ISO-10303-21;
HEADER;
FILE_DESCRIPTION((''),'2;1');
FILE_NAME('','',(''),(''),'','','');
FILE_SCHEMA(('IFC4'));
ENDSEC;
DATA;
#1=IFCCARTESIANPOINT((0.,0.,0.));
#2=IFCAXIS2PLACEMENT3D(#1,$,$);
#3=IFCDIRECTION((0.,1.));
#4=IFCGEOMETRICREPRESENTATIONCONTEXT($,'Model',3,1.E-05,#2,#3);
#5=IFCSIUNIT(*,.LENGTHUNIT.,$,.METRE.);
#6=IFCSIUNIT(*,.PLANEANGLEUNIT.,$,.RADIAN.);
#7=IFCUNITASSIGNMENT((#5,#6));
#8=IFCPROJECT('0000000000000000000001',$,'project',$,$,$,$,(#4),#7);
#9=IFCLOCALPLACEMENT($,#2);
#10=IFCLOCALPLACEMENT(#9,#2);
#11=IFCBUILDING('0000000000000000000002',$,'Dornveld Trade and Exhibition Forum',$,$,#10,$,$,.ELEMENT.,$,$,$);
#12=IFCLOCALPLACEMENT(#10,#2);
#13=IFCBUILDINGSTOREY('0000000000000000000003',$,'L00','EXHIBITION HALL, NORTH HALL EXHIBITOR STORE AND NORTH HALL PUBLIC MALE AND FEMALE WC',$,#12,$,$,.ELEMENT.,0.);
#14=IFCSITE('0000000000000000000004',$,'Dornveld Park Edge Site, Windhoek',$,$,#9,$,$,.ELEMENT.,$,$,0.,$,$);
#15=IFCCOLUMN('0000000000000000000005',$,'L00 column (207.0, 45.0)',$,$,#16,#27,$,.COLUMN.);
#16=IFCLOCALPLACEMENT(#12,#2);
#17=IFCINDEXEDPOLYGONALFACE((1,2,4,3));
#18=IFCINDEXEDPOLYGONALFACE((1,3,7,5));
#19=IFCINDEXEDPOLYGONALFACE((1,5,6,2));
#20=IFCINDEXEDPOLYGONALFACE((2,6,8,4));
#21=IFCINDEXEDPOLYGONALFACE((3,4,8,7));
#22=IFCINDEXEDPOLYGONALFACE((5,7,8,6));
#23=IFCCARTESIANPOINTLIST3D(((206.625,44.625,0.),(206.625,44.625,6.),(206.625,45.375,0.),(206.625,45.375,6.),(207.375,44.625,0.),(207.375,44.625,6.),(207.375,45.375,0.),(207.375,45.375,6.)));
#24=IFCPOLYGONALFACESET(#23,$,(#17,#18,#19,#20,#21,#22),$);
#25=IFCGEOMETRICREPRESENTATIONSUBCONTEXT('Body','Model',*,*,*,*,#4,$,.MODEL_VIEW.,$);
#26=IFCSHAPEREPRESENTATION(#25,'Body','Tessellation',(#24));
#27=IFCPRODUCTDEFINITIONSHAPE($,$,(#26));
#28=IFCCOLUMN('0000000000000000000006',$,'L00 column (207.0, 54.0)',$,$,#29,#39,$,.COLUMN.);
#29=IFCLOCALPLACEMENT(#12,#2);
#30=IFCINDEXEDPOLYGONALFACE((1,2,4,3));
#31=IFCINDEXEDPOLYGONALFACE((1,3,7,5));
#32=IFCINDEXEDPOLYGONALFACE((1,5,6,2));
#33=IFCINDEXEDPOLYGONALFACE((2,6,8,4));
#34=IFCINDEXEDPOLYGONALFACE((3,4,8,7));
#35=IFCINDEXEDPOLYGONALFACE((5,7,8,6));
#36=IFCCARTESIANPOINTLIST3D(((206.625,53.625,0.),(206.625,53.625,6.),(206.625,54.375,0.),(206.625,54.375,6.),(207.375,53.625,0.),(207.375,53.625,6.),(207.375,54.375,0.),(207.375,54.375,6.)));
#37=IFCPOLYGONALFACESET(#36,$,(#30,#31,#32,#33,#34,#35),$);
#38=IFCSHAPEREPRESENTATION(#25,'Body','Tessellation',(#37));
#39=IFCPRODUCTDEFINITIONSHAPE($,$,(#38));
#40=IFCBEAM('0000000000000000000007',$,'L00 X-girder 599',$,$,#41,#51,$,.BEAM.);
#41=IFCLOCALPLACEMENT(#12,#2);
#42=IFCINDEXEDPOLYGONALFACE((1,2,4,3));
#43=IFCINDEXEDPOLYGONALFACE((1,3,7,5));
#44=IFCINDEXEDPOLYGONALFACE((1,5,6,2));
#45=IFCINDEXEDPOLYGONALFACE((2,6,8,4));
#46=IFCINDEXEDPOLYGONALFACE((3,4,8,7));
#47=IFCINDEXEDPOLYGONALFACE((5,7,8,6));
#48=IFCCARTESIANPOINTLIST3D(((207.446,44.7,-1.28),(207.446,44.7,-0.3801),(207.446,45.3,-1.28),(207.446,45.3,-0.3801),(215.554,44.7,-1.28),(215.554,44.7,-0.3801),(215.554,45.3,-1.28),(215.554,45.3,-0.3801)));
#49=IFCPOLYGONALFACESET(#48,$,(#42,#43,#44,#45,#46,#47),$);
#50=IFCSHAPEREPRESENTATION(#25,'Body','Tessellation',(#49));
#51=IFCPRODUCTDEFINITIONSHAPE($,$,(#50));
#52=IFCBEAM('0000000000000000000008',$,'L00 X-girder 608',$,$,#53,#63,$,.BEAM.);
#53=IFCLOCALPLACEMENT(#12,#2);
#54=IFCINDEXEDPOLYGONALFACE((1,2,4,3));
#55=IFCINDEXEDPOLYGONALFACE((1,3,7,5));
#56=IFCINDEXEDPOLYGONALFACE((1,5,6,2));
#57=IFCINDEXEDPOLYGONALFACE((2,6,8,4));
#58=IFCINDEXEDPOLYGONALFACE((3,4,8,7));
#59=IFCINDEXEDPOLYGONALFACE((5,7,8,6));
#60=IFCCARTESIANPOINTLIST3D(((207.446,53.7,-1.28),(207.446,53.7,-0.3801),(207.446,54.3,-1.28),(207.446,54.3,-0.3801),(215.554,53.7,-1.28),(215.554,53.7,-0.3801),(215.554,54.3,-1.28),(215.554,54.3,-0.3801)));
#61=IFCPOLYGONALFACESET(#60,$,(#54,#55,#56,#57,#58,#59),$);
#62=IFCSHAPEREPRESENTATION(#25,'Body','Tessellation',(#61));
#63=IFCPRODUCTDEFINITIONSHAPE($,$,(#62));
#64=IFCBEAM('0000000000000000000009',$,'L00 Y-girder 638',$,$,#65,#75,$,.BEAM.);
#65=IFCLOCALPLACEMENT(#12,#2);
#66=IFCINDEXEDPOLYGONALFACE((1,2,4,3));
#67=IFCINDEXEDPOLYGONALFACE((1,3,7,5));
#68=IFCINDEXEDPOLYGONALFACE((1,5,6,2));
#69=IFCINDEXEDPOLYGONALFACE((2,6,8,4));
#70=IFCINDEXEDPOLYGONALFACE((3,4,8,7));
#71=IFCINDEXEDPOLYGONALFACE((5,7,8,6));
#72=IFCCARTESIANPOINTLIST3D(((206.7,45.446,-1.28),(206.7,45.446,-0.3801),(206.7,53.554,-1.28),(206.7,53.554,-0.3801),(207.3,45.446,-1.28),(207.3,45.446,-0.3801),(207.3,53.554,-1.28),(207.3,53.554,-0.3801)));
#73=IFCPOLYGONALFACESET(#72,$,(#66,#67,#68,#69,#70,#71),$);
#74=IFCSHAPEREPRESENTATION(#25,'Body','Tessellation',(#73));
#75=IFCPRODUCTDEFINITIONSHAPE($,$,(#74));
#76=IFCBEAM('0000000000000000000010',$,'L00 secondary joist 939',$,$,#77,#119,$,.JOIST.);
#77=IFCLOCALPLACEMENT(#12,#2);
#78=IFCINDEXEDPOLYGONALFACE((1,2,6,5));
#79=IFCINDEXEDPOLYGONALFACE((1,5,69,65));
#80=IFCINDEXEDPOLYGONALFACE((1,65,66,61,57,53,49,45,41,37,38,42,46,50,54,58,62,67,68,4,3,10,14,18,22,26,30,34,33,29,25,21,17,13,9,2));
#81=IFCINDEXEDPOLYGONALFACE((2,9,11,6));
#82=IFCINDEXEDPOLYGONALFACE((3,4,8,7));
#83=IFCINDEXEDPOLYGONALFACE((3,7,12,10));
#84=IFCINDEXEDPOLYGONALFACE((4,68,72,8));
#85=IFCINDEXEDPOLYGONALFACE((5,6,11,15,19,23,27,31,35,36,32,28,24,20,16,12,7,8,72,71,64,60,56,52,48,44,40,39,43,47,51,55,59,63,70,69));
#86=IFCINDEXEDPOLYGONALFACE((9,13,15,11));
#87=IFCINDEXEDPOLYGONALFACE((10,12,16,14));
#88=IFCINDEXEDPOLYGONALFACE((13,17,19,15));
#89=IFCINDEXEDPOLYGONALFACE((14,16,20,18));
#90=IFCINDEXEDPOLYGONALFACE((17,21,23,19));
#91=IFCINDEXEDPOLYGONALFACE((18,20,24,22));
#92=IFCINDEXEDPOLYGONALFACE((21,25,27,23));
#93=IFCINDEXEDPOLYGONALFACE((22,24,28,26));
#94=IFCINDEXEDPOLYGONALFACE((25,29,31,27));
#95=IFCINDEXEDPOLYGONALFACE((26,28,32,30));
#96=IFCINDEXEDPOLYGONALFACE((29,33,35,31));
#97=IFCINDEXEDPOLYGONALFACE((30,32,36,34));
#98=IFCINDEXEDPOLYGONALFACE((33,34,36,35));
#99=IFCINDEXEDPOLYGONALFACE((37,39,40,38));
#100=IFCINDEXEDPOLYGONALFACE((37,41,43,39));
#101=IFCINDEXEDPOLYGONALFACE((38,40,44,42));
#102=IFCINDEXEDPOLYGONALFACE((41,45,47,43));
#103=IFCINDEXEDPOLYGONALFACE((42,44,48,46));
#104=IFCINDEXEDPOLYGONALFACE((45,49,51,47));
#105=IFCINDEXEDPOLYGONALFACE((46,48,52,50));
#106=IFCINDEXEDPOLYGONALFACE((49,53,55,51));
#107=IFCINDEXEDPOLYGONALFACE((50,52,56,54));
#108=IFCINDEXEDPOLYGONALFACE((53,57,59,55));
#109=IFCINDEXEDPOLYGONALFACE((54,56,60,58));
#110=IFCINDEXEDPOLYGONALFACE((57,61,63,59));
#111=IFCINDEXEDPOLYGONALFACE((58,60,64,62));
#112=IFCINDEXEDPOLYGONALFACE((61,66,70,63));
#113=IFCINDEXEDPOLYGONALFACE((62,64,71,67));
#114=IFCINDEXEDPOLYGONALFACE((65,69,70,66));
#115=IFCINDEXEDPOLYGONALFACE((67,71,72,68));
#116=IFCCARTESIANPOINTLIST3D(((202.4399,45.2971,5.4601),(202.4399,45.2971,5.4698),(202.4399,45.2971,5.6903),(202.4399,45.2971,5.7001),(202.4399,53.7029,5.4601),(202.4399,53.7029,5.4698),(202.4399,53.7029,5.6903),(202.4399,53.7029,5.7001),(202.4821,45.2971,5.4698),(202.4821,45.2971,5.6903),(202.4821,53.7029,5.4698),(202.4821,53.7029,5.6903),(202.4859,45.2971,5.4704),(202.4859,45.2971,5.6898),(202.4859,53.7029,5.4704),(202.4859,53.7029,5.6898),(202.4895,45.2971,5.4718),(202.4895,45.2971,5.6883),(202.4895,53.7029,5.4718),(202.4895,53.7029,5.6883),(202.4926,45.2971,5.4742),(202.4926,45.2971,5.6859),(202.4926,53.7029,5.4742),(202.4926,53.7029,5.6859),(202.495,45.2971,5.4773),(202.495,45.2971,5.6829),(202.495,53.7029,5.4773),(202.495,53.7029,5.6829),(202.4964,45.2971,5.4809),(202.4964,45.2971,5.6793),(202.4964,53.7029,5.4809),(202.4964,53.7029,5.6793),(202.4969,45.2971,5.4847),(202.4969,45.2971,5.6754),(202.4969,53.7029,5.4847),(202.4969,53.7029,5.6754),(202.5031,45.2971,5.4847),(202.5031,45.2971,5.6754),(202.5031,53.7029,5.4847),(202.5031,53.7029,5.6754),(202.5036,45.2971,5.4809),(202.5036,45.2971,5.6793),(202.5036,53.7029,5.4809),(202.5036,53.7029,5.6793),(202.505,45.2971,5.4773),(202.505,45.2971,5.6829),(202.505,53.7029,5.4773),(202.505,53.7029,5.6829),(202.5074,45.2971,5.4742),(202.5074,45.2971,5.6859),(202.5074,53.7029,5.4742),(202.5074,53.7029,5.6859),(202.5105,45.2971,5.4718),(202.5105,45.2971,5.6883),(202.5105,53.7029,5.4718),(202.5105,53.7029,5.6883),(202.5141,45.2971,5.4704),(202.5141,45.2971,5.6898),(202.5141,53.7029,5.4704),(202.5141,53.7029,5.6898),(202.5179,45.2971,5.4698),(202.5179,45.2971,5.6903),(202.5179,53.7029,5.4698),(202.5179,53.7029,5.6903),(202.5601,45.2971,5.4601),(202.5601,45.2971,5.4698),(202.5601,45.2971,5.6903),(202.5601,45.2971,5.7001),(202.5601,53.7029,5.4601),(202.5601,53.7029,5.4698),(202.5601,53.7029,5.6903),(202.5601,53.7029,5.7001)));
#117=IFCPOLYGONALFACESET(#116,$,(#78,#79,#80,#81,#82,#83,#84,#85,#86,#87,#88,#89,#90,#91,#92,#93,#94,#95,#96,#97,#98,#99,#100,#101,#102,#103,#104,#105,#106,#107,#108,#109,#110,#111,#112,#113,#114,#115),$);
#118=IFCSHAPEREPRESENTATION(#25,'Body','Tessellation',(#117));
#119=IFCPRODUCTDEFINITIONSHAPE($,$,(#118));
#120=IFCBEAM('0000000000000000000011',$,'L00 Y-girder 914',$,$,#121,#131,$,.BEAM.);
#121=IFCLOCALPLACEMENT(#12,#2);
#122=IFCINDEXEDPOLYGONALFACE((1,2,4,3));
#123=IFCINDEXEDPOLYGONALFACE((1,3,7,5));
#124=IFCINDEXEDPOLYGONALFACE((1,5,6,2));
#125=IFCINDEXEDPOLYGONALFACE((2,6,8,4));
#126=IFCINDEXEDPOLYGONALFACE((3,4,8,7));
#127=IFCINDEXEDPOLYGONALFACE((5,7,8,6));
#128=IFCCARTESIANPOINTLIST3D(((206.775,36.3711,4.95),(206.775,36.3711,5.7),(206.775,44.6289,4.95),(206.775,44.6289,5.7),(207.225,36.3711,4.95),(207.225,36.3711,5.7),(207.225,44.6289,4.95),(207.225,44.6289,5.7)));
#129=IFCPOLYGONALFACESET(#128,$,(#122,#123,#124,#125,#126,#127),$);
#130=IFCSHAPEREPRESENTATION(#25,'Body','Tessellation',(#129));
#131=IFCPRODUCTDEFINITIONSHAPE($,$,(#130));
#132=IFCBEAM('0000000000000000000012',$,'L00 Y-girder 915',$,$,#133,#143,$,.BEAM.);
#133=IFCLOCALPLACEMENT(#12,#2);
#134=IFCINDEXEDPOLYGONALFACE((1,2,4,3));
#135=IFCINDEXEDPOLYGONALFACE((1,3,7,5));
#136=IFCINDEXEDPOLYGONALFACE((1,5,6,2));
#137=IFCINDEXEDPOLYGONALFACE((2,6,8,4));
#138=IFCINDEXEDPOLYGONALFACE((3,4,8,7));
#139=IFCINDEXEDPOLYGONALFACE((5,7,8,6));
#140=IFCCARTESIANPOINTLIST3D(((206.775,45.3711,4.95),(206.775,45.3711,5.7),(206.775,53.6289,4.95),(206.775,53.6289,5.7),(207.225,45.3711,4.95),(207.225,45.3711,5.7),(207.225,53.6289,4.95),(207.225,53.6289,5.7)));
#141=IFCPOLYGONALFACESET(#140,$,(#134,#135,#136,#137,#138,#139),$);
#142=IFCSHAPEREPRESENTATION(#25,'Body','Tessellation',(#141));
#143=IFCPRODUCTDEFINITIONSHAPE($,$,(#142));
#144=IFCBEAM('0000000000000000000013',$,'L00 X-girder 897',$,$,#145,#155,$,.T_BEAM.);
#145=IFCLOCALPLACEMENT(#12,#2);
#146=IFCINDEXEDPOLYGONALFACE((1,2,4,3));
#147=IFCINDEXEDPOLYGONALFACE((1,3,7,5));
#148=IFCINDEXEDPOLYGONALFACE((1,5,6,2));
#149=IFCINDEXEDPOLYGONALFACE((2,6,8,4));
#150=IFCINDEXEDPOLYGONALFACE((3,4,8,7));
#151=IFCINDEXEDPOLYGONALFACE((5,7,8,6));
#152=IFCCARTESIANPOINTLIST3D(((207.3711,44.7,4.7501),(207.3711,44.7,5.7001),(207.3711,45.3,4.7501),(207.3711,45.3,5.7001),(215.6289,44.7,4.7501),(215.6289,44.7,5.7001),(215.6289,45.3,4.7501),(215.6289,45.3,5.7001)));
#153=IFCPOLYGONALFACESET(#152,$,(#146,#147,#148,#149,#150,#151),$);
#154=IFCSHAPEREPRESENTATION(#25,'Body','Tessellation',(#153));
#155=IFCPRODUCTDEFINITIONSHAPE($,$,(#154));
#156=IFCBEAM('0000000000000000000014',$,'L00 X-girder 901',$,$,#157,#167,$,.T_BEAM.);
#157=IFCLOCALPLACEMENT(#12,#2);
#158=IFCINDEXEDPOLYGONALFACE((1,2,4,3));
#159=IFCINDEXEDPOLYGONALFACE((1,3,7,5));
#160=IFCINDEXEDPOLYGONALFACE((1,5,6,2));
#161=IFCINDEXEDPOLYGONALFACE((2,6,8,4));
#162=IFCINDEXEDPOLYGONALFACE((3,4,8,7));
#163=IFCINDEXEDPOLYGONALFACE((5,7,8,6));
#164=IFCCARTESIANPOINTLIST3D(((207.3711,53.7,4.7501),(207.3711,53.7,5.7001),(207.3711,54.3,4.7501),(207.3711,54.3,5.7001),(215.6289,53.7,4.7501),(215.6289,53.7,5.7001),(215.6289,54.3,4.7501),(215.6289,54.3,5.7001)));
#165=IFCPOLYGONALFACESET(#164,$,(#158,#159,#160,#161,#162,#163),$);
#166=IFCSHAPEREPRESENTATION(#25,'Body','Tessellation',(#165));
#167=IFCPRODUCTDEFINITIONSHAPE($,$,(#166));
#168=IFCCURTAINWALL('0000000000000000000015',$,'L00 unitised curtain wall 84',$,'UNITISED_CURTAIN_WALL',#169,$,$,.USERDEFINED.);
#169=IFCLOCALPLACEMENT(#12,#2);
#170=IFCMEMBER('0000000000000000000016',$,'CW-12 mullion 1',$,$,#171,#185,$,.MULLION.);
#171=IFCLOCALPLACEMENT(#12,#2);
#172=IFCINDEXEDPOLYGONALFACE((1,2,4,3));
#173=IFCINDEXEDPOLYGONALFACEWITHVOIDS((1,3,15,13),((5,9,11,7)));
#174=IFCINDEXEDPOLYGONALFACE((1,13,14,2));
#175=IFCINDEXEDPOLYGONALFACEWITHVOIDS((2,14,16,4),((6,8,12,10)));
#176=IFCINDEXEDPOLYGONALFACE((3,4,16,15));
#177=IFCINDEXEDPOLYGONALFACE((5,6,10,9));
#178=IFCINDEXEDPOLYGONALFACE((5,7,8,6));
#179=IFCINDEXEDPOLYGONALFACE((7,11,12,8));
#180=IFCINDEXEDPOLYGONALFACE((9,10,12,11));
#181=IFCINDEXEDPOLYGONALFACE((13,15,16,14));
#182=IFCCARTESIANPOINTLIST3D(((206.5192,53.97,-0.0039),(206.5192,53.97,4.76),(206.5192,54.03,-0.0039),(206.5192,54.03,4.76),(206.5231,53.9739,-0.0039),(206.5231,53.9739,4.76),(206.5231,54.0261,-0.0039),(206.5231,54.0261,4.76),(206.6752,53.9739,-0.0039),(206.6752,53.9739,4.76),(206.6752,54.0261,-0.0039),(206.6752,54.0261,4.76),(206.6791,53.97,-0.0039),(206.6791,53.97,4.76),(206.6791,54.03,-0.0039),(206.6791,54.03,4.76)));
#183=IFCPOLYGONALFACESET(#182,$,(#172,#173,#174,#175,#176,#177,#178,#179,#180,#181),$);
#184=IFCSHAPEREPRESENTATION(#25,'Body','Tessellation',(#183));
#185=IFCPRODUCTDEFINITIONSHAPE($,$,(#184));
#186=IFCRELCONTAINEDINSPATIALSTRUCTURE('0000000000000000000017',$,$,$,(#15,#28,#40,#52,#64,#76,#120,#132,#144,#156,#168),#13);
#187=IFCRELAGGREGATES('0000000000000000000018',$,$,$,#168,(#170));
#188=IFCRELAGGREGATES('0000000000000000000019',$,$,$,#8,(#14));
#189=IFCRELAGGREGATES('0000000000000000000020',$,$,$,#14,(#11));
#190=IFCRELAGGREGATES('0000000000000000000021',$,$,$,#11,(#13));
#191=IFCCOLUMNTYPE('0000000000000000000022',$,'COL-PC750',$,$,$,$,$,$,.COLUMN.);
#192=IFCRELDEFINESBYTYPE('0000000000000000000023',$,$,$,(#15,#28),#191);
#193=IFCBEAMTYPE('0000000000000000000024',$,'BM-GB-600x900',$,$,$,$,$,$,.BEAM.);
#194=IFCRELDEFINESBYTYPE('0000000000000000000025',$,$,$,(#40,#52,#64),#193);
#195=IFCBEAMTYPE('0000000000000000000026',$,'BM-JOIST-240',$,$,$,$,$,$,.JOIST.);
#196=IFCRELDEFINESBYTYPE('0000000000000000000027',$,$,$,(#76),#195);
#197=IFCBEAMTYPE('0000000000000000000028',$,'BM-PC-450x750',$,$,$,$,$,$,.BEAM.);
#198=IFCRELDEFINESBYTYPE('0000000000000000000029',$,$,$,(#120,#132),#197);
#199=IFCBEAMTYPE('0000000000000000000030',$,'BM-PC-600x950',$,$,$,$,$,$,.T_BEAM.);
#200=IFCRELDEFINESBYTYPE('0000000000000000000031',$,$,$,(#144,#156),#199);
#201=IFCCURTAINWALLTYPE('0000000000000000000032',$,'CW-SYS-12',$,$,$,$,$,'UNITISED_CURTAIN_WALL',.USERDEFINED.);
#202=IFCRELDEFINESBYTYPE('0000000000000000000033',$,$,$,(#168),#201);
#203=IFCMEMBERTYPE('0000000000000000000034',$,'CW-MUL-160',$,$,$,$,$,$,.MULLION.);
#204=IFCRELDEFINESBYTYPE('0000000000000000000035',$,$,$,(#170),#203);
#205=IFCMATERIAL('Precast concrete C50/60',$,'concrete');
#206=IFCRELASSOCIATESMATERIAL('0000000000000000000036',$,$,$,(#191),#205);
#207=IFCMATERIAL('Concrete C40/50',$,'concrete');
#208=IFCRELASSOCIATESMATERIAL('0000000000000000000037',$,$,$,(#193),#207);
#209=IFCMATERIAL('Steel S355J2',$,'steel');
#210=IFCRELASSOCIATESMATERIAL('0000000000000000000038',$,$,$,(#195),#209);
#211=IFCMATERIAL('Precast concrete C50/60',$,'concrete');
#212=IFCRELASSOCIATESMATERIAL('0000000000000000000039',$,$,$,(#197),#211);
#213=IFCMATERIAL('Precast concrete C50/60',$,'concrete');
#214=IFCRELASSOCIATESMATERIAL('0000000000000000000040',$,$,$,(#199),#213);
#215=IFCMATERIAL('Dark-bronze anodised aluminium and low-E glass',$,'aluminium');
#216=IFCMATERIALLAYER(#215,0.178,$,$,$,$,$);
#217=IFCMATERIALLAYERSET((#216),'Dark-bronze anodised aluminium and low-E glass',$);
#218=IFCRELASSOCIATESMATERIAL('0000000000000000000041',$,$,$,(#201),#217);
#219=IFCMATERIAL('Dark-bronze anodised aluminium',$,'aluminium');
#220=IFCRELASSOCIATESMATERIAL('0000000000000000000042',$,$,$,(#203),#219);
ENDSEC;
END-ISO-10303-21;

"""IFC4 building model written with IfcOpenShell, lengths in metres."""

from ifc_helpers import new_model, si_unit, direction, frame, origin, origin_2d, place, context, subcontext, project, spatial, rectangle, hollow_rectangle, i_section, extrude, material, layer, layer_set, material_profile, profile_set, type_object, element, aggregate, save


model = new_model("IFC4")

# Units and contexts
model_context = context("Model", 3, precision=1e-05, world=origin(), true_north=direction((0.0, 1.0)))
body_context = subcontext(model_context, "Body", "Model", "MODEL_VIEW")
ifc_project = project(units=[si_unit("LENGTHUNIT", "METRE"), si_unit("PLANEANGLEUNIT", "RADIAN")], contexts=[model_context])

# Site, building, storey
site_placement = place(None, origin())
site = spatial("IfcSite", under=ifc_project, at=site_placement, Name="Dornveld Park Edge Site, Windhoek", CompositionType="ELEMENT", RefElevation=0.0)
building_placement = place(site_placement, origin())
building = spatial("IfcBuilding", under=site, at=building_placement, Name="Dornveld Trade and Exhibition Forum", CompositionType="ELEMENT")
storey_placement = place(building_placement, origin())
storey = spatial("IfcBuildingStorey", under=building, at=storey_placement, Name="L00", Description="EXHIBITION HALL, NORTH HALL EXHIBITOR STORE AND NORTH HALL PUBLIC MALE AND FEMALE WC", CompositionType="ELEMENT", Elevation=0.0)

# Columns
ifc_material_1 = material(Name="Precast concrete C50/60", Category="concrete")
ifc_material_profile_1 = material_profile(ifc_material_1, rectangle(XDim=0.75, YDim=0.75, at=origin_2d()), Name="PC-COL 750x750")
ifc_profile_set_1 = profile_set([ifc_material_profile_1], Name="Precast concrete C50/60")
column_type = type_object("IfcColumnType", Name="COL-PC750", PredefinedType="COLUMN", material=ifc_profile_set_1)
for number, where, z_axis, x_axis, name in (
    (1, (207.0, 45.0, 0.0), (0.0, 0.0, 1.0), (1.0, 0.0, 0.0), "L00 column (207.0, 45.0)"),
    (2, (207.0, 54.0, 0.0), (0.0, 0.0, 1.0), (1.0, 0.0, 0.0), "L00 column (207.0, 54.0)"),
):
    element("IfcColumn", number, at=place(storey_placement, frame(where, z_axis=z_axis, x_axis=x_axis)), inside=storey, type_object=column_type, Name=name, PredefinedType="COLUMN", context=body_context, shape_type="SweptSolid", body=[
        extrude(rectangle(XDim=0.75, YDim=0.75, at=origin_2d()), origin(), (0.0, 0.0, 1.0), 6.0),
    ])

# Beams
ifc_material_2 = material(Name="Concrete C40/50", Category="concrete")
ifc_material_profile_2 = material_profile(ifc_material_2, rectangle(XDim=0.6001, YDim=0.8999, at=origin_2d()), Name="RC-GB 600x900")
ifc_profile_set_2 = profile_set([ifc_material_profile_2], Name="Concrete C40/50")
beam_type_1 = type_object("IfcBeamType", Name="BM-GB-600x900", PredefinedType="BEAM", material=ifc_profile_set_2)
for number, where, z_axis, x_axis, name in (
    (3, (207.446, 45.0, -0.8301), (1.0, 0.0, 0.0), (0.0, 1.0, 0.0), "L00 X-girder 599"),
    (4, (207.446, 54.0, -0.8301), (1.0, 0.0, 0.0), (0.0, 1.0, 0.0), "L00 X-girder 608"),
    (5, (207.0, 45.446, -0.8301), (0.0, 1.0, 0.0), (-1.0, 0.0, 0.0), "L00 Y-girder 638"),
):
    element("IfcBeam", number, at=place(storey_placement, frame(where, z_axis=z_axis, x_axis=x_axis)), inside=storey, type_object=beam_type_1, Name=name, PredefinedType="BEAM", context=body_context, shape_type="SweptSolid", body=[
        extrude(rectangle(XDim=0.6001, YDim=0.8999, at=origin_2d()), origin(), (0.0, 0.0, 1.0), 8.1079),
    ])
ifc_material_3 = material(Name="Steel S355J2", Category="steel")
ifc_material_profile_3 = material_profile(ifc_material_3, i_section(OverallWidth=0.1201, OverallDepth=0.24, WebThickness=0.0061, FlangeThickness=0.0098, FilletRadius=0.0149, at=origin_2d()), Name="IPE 240")
ifc_profile_set_3 = profile_set([ifc_material_profile_3], Name="Steel S355J2")
beam_type_2 = type_object("IfcBeamType", Name="BM-JOIST-240", PredefinedType="JOIST", material=ifc_profile_set_3)
beam_placement = place(storey_placement, frame((202.5, 45.2971, 5.5801), z_axis=(0.0, 1.0, 0.0), x_axis=(-1.0, 0.0, 0.0)))
element("IfcBeam", 6, at=beam_placement, inside=storey, type_object=beam_type_2, Name="L00 secondary joist 939", PredefinedType="JOIST", context=body_context, shape_type="SweptSolid", body=[
    extrude(i_section(OverallWidth=0.1201, OverallDepth=0.24, WebThickness=0.0061, FlangeThickness=0.0098, FilletRadius=0.0149, at=origin_2d()), origin(), (0.0, 0.0, 1.0), 8.4058),
])
ifc_material_4 = material(Name="Precast concrete C50/60", Category="concrete")
ifc_material_profile_4 = material_profile(ifc_material_4, rectangle(XDim=0.45, YDim=0.75, at=origin_2d()), Name="PC-BM 450x750")
ifc_profile_set_4 = profile_set([ifc_material_profile_4], Name="Precast concrete C50/60")
beam_type_3 = type_object("IfcBeamType", Name="BM-PC-450x750", PredefinedType="BEAM", material=ifc_profile_set_4)
for number, where, z_axis, x_axis, name in (
    (7, (207.0, 36.3711, 5.325), (0.0, 1.0, 0.0), (-1.0, 0.0, 0.0), "L00 Y-girder 914"),
    (8, (207.0, 45.3711, 5.325), (0.0, 1.0, 0.0), (-1.0, 0.0, 0.0), "L00 Y-girder 915"),
):
    element("IfcBeam", number, at=place(storey_placement, frame(where, z_axis=z_axis, x_axis=x_axis)), inside=storey, type_object=beam_type_3, Name=name, PredefinedType="BEAM", context=body_context, shape_type="SweptSolid", body=[
        extrude(rectangle(XDim=0.45, YDim=0.75, at=origin_2d()), origin(), (0.0, 0.0, 1.0), 8.2578),
    ])
ifc_material_5 = material(Name="Precast concrete C50/60", Category="concrete")
ifc_material_profile_5 = material_profile(ifc_material_5, rectangle(XDim=0.6001, YDim=0.95, at=origin_2d()), Name="PC-GIR 600x950")
ifc_profile_set_5 = profile_set([ifc_material_profile_5], Name="Precast concrete C50/60")
beam_type_4 = type_object("IfcBeamType", Name="BM-PC-600x950", PredefinedType="T_BEAM", material=ifc_profile_set_5)
for number, where, z_axis, x_axis, name in (
    (9, (207.3711, 45.0, 5.2251), (1.0, 0.0, 0.0), (0.0, 1.0, 0.0), "L00 X-girder 897"),
    (10, (207.3711, 54.0, 5.2251), (1.0, 0.0, 0.0), (0.0, 1.0, 0.0), "L00 X-girder 901"),
):
    element("IfcBeam", number, at=place(storey_placement, frame(where, z_axis=z_axis, x_axis=x_axis)), inside=storey, type_object=beam_type_4, Name=name, PredefinedType="T_BEAM", context=body_context, shape_type="SweptSolid", body=[
        extrude(rectangle(XDim=0.6001, YDim=0.95, at=origin_2d()), origin(), (0.0, 0.0, 1.0), 8.2578),
    ])

# Curtain wall, member
ifc_material_6 = material(Name="Dark-bronze anodised aluminium and low-E glass", Category="aluminium")
ifc_layer_1 = layer(ifc_material_6, 0.178)
ifc_layer_set_1 = layer_set([ifc_layer_1], Name="Dark-bronze anodised aluminium and low-E glass")
curtain_wall_type = type_object("IfcCurtainWallType", Name="CW-SYS-12", ElementType="UNITISED_CURTAIN_WALL", PredefinedType="USERDEFINED", material=ifc_layer_set_1)
curtain_wall_placement = place(storey_placement, origin())
curtain_wall = element("IfcCurtainWall", 11, at=curtain_wall_placement, inside=storey, type_object=curtain_wall_type, Name="L00 unitised curtain wall 84", ObjectType="UNITISED_CURTAIN_WALL", PredefinedType="USERDEFINED")
ifc_material_7 = material(Name="Dark-bronze anodised aluminium", Category="aluminium")
ifc_material_profile_6 = material_profile(ifc_material_7, hollow_rectangle(XDim=0.0601, YDim=0.1599, WallThickness=0.0039, at=origin_2d()), Name="RHS 160x60x4")
ifc_profile_set_6 = profile_set([ifc_material_profile_6], Name="Dark-bronze anodised aluminium")
member_type_1 = type_object("IfcMemberType", Name="CW-MUL-160", PredefinedType="MULLION", material=ifc_profile_set_6)
member_1_placement = place(storey_placement, frame((206.5991, 54.0, -0.0039), z_axis=(0.0, 0.0, 1.0), x_axis=(0.0, -1.0, 0.0)))
member_1 = element("IfcMember", 12, at=member_1_placement, type_object=member_type_1, Name="CW-12 mullion 1", PredefinedType="MULLION", context=body_context, shape_type="SweptSolid", body=[
    extrude(hollow_rectangle(XDim=0.0601, YDim=0.1599, WallThickness=0.0039, at=origin_2d()), origin(), (0.0, 0.0, 1.0), 4.7639),
])
aggregate(curtain_wall, [member_1])

save(model, "model.ifc")
